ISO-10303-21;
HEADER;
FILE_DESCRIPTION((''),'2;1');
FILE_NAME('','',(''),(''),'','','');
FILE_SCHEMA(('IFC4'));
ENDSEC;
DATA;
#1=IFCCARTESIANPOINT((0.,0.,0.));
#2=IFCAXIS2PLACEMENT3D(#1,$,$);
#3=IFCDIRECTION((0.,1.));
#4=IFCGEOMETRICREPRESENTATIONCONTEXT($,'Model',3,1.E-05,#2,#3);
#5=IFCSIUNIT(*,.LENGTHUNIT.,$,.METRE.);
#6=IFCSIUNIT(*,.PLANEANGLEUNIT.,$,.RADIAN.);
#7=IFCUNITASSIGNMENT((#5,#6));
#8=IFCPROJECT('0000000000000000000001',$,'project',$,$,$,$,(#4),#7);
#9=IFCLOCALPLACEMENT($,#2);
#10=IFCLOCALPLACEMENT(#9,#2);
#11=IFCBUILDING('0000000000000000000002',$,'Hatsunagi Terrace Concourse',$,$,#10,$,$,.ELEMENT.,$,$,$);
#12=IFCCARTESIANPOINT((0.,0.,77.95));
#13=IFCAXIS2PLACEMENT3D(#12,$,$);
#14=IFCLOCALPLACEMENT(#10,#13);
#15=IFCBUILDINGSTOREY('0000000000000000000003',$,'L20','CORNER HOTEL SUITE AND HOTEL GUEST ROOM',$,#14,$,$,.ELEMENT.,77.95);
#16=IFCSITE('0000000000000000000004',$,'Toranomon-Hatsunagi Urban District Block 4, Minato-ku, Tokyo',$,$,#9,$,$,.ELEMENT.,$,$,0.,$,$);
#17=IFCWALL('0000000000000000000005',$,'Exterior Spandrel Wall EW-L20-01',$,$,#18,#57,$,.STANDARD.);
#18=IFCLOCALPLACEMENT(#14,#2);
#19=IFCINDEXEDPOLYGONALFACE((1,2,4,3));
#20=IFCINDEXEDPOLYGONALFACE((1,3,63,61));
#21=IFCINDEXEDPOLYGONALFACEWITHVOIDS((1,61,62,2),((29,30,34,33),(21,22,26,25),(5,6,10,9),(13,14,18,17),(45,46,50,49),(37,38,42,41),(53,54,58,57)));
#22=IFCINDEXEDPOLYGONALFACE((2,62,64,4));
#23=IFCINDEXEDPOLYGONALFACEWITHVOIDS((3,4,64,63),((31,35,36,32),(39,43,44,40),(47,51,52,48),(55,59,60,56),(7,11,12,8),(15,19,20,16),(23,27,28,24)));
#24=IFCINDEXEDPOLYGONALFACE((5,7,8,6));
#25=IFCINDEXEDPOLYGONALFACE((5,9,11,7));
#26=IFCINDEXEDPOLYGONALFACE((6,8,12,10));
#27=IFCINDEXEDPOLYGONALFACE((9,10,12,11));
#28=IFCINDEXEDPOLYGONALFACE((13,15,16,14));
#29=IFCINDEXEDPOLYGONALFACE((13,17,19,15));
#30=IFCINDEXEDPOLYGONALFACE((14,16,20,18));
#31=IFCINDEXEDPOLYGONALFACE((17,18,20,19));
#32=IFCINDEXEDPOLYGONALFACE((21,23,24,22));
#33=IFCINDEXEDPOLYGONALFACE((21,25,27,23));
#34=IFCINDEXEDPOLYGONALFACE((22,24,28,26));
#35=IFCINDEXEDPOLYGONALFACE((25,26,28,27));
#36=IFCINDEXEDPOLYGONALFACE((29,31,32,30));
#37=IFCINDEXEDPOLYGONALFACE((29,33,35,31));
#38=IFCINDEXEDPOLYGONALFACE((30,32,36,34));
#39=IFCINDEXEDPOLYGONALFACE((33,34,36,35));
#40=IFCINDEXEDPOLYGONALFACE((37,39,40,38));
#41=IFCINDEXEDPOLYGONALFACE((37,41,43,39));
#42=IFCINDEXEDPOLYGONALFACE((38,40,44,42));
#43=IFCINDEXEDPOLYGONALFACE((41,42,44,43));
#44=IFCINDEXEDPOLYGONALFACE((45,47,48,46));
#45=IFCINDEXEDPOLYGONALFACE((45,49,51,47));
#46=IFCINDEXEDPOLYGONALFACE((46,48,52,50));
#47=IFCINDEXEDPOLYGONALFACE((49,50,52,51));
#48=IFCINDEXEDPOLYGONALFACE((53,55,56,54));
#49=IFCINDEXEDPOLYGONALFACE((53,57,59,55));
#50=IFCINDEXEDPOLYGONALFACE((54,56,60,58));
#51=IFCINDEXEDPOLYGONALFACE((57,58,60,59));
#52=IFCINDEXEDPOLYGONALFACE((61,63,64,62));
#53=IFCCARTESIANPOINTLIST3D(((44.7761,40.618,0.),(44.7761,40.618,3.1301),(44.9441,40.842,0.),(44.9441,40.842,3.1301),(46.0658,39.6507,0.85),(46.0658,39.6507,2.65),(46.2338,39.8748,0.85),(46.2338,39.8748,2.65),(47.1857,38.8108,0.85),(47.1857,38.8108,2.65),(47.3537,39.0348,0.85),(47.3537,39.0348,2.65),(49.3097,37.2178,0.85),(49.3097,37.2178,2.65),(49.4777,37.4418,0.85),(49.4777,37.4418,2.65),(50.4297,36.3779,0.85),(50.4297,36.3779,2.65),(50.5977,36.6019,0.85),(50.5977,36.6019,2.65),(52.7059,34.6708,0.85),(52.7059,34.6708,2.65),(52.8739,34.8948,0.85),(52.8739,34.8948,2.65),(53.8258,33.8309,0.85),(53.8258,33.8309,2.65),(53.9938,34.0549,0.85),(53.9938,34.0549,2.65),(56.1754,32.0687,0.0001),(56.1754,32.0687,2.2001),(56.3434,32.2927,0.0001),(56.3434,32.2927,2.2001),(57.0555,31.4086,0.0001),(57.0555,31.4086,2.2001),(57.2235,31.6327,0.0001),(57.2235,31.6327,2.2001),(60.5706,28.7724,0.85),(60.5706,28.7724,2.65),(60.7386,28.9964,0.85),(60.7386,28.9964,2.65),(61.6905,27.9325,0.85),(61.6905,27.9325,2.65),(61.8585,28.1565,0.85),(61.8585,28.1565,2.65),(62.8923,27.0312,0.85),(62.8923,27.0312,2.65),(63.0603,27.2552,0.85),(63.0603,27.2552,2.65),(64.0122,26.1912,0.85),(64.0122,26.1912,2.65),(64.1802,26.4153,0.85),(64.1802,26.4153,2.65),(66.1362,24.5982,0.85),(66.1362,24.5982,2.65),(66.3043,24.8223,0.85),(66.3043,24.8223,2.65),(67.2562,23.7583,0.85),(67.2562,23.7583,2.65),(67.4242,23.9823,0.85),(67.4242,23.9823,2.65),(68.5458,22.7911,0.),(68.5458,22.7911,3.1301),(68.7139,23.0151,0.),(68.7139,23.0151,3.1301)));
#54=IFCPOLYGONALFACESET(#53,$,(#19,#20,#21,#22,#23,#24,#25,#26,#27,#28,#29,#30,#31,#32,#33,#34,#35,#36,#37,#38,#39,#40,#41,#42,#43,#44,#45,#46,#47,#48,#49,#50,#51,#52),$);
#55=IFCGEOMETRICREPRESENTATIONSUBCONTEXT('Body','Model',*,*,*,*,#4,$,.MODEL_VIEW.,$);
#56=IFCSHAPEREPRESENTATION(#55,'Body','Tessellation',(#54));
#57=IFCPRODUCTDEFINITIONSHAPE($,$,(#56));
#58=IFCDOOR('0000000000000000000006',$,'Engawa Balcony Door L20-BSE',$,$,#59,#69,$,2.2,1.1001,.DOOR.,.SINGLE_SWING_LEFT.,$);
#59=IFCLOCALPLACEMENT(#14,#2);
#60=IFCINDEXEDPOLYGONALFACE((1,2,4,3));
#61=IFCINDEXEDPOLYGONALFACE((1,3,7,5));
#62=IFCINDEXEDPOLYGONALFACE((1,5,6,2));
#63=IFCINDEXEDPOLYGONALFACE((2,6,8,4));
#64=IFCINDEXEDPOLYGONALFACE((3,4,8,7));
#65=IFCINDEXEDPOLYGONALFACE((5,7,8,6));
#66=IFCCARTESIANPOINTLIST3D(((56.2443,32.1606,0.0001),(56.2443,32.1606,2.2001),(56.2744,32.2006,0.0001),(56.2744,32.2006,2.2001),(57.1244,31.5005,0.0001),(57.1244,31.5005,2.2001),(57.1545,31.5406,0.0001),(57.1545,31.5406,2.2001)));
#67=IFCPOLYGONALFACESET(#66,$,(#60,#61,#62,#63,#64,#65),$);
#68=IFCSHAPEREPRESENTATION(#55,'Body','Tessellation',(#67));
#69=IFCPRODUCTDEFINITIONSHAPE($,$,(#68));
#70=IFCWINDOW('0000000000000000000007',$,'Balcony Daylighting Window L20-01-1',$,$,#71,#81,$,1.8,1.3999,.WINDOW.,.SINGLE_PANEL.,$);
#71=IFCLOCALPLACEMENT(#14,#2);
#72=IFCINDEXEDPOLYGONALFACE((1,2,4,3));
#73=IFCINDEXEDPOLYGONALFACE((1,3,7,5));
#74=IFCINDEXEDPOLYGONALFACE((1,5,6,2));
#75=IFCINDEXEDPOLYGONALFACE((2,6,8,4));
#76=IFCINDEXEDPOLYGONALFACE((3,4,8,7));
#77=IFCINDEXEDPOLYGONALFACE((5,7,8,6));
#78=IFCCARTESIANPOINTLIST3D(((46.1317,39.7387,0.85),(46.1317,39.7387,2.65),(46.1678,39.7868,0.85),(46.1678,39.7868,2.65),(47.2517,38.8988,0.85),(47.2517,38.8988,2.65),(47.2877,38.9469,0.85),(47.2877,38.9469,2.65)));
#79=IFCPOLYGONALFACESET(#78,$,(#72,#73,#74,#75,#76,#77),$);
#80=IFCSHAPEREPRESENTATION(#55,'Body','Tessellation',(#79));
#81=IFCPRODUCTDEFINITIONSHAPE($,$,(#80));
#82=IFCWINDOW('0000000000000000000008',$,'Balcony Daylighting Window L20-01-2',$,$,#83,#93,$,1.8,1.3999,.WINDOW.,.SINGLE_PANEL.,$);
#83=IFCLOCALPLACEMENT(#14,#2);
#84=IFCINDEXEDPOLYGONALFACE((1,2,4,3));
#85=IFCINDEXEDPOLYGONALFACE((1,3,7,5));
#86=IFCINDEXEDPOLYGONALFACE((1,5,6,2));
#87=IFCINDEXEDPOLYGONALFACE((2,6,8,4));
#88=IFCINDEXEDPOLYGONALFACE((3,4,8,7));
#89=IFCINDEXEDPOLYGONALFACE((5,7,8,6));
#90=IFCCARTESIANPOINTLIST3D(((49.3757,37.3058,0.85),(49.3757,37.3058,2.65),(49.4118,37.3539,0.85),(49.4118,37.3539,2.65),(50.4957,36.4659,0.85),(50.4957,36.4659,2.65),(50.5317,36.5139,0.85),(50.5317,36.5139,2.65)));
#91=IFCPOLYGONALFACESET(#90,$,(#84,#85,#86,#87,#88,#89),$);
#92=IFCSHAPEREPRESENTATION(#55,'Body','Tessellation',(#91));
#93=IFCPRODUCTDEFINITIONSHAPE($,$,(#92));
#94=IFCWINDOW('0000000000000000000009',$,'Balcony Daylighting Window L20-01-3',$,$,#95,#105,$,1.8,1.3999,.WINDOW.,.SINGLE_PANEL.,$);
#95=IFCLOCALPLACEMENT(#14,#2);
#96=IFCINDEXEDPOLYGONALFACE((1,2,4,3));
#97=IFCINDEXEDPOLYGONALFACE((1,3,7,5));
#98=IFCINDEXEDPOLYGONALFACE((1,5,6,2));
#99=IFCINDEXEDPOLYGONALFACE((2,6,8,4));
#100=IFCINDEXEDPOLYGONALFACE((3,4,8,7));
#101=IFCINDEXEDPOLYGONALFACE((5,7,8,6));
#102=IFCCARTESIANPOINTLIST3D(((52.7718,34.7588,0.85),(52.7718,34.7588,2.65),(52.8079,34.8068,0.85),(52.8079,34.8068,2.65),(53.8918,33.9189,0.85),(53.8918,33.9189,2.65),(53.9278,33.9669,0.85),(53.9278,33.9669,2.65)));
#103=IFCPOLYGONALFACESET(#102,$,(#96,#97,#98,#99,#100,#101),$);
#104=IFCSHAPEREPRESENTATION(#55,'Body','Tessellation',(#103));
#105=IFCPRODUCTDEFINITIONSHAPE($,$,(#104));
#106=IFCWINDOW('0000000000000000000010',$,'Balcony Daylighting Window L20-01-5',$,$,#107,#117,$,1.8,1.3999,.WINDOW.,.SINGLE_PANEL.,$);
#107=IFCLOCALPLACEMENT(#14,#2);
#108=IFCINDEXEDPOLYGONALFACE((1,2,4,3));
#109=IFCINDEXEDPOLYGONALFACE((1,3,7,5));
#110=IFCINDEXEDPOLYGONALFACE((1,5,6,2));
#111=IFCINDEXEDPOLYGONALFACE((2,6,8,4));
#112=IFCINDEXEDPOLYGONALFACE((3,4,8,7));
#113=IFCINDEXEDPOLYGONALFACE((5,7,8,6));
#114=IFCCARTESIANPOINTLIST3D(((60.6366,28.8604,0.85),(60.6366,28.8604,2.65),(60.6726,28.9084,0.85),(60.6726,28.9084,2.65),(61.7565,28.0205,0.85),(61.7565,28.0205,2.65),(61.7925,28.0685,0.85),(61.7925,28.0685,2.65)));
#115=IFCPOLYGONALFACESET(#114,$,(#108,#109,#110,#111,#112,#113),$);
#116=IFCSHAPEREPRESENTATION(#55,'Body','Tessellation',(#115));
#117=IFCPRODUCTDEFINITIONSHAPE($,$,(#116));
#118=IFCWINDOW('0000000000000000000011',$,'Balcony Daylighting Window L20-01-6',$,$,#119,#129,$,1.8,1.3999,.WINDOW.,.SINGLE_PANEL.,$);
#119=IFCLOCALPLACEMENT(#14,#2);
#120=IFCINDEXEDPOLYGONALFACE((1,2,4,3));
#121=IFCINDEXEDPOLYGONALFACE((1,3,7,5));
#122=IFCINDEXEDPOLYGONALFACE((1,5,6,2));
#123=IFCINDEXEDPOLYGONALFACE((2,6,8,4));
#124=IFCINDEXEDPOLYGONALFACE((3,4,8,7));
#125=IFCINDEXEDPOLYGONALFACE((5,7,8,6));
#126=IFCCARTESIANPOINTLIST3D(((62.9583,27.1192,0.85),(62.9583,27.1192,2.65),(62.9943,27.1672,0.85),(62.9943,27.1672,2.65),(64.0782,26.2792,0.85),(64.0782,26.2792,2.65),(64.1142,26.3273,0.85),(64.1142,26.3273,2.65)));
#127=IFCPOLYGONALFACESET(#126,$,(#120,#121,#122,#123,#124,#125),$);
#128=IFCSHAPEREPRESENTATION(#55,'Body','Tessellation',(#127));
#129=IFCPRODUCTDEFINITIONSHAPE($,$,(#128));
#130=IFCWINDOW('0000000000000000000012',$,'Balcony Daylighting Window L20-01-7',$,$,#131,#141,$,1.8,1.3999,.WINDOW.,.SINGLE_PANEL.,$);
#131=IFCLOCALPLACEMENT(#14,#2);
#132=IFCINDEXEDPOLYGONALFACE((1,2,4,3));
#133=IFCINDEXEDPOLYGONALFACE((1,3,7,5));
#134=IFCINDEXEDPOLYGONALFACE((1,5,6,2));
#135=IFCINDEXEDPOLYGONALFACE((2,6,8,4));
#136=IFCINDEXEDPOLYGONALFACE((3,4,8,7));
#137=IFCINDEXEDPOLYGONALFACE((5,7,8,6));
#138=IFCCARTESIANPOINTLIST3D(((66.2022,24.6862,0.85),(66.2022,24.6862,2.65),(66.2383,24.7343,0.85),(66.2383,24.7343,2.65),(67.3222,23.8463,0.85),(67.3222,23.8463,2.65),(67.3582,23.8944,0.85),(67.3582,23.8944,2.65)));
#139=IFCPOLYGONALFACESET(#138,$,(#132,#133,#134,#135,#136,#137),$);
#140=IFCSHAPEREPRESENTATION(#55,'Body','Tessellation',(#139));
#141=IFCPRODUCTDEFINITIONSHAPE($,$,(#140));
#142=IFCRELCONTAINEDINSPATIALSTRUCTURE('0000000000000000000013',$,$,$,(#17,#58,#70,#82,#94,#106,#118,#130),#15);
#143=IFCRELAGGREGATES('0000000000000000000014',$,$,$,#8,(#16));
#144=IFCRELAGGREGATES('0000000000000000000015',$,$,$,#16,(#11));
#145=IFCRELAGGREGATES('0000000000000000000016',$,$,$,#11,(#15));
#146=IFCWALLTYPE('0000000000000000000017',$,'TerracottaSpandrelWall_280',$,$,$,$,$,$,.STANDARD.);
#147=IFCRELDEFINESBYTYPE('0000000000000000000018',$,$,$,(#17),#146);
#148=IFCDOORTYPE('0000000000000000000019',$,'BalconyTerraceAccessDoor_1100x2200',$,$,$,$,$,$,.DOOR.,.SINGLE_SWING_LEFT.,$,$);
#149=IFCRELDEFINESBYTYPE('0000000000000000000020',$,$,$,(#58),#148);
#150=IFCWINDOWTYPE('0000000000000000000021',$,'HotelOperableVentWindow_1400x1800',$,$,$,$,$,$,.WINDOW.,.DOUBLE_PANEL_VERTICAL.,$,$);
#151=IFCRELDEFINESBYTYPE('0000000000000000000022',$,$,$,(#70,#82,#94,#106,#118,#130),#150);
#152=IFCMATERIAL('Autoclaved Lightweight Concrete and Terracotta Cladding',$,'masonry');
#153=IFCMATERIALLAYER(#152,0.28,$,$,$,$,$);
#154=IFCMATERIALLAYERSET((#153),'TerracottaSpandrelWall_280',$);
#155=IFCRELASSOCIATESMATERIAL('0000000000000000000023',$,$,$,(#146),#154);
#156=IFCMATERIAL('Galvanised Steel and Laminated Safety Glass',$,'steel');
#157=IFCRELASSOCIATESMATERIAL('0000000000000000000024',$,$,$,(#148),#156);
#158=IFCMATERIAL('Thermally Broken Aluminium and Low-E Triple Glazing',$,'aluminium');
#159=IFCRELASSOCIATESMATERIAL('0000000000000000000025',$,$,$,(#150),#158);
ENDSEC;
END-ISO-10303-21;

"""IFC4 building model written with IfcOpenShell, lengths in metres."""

from ifc_helpers import new_model, si_unit, direction, frame, frame_2d, origin, place, context, subcontext, project, spatial, rectangle, extrude, material, layer, layer_set, type_object, element, fill, save


model = new_model("IFC4")

# Units and contexts
model_context = context("Model", 3, precision=1e-05, world=origin(), true_north=direction((0.0, 1.0)))
body_context = subcontext(model_context, "Body", "Model", "MODEL_VIEW")
ifc_project = project(units=[si_unit("LENGTHUNIT", "METRE"), si_unit("PLANEANGLEUNIT", "RADIAN")], contexts=[model_context])

# Site, building, storey
site_placement = place(None, origin())
site = spatial("IfcSite", under=ifc_project, at=site_placement, Name="Toranomon-Hatsunagi Urban District Block 4, Minato-ku, Tokyo", CompositionType="ELEMENT", RefElevation=0.0)
building_placement = place(site_placement, origin())
building = spatial("IfcBuilding", under=site, at=building_placement, Name="Hatsunagi Terrace Concourse", CompositionType="ELEMENT")
storey_placement = place(building_placement, frame((0.0, 0.0, 77.95)))
storey = spatial("IfcBuildingStorey", under=building, at=storey_placement, Name="L20", Description="CORNER HOTEL SUITE AND HOTEL GUEST ROOM", CompositionType="ELEMENT", Elevation=77.95)

# Wall, openings, door, windows
ifc_material_1 = material(Name="Autoclaved Lightweight Concrete and Terracotta Cladding", Category="masonry")
ifc_layer_1 = layer(ifc_material_1, 0.28)
ifc_layer_set_1 = layer_set([ifc_layer_1], Name="TerracottaSpandrelWall_280")
wall_type_1 = type_object("IfcWallType", Name="TerracottaSpandrelWall_280", PredefinedType="STANDARD", material=ifc_layer_set_1)
wall_1_placement = place(storey_placement, frame((44.8601, 40.73, 0.0), z_axis=(0.0, 0.0, 1.0), x_axis=(0.800007, -0.599991, 0.0)))
wall_1 = element("IfcWall", 1, at=wall_1_placement, inside=storey, type_object=wall_type_1, Name="Exterior Spandrel Wall EW-L20-01", PredefinedType="STANDARD", context=body_context, shape_type="SweptSolid", body=[
    extrude(rectangle(XDim=29.7119, YDim=0.28, at=frame_2d((14.856, 0.0))), origin(), (0.0, 0.0, 1.0), 3.1301),
])
opening_1_placement = place(wall_1_placement, frame((14.249, 0.0, 0.0)))
opening_1 = element("IfcOpeningElement", 2, at=opening_1_placement, cuts=wall_1, PredefinedType="OPENING", context=body_context, shape_type="SweptSolid", body=[
    extrude(rectangle(XDim=1.1001, YDim=2.2, at=frame_2d((0.55, 1.1001))), frame((0.0, 0.1499, 0.0), z_axis=(0.0, -1.0, 0.0), x_axis=(1.0, 0.0, 0.0)), (0.0, 0.0, 1.0), 0.3),
])
opening_2_placement = place(wall_1_placement, frame((1.6121, 0.0, 0.8501)))
opening_2 = element("IfcOpeningElement", 3, at=opening_2_placement, cuts=wall_1, PredefinedType="OPENING", context=body_context, shape_type="SweptSolid", body=[
    extrude(rectangle(XDim=1.3999, YDim=1.8, at=frame_2d((0.7, 0.8999))), frame((0.0, 0.1499, 0.0), z_axis=(0.0, -1.0, 0.0), x_axis=(1.0, 0.0, 0.0)), (0.0, 0.0, 1.0), 0.3),
])
opening_3_placement = place(wall_1_placement, frame((5.667, 0.0, 0.8501)))
opening_3 = element("IfcOpeningElement", 4, at=opening_3_placement, cuts=wall_1, PredefinedType="OPENING", context=body_context, shape_type="SweptSolid", body=[
    extrude(rectangle(XDim=1.3999, YDim=1.8, at=frame_2d((0.7, 0.8999))), frame((0.0, 0.1499, 0.0), z_axis=(0.0, -1.0, 0.0), x_axis=(1.0, 0.0, 0.0)), (0.0, 0.0, 1.0), 0.3),
])
opening_4_placement = place(wall_1_placement, frame((9.9121, 0.0, 0.8501)))
opening_4 = element("IfcOpeningElement", 5, at=opening_4_placement, cuts=wall_1, PredefinedType="OPENING", context=body_context, shape_type="SweptSolid", body=[
    extrude(rectangle(XDim=1.3999, YDim=1.8, at=frame_2d((0.7, 0.8999))), frame((0.0, 0.1499, 0.0), z_axis=(0.0, -1.0, 0.0), x_axis=(1.0, 0.0, 0.0)), (0.0, 0.0, 1.0), 0.3),
])
opening_5_placement = place(wall_1_placement, frame((19.7429, 0.0, 0.8501)))
opening_5 = element("IfcOpeningElement", 6, at=opening_5_placement, cuts=wall_1, PredefinedType="OPENING", context=body_context, shape_type="SweptSolid", body=[
    extrude(rectangle(XDim=1.3999, YDim=1.8, at=frame_2d((0.7, 0.8999))), frame((0.0, 0.1499, 0.0), z_axis=(0.0, -1.0, 0.0), x_axis=(1.0, 0.0, 0.0)), (0.0, 0.0, 1.0), 0.3),
])
opening_6_placement = place(wall_1_placement, frame((22.645, 0.0, 0.8501)))
opening_6 = element("IfcOpeningElement", 7, at=opening_6_placement, cuts=wall_1, PredefinedType="OPENING", context=body_context, shape_type="SweptSolid", body=[
    extrude(rectangle(XDim=1.3999, YDim=1.8, at=frame_2d((0.7, 0.8999))), frame((0.0, 0.1499, 0.0), z_axis=(0.0, -1.0, 0.0), x_axis=(1.0, 0.0, 0.0)), (0.0, 0.0, 1.0), 0.3),
])
opening_7_placement = place(wall_1_placement, frame((26.7, 0.0, 0.8501)))
opening_7 = element("IfcOpeningElement", 8, at=opening_7_placement, cuts=wall_1, PredefinedType="OPENING", context=body_context, shape_type="SweptSolid", body=[
    extrude(rectangle(XDim=1.3999, YDim=1.8, at=frame_2d((0.7, 0.8999))), frame((0.0, 0.1499, 0.0), z_axis=(0.0, -1.0, 0.0), x_axis=(1.0, 0.0, 0.0)), (0.0, 0.0, 1.0), 0.3),
])
ifc_material_2 = material(Name="Galvanised Steel and Laminated Safety Glass", Category="steel")
door_type = type_object("IfcDoorType", Name="BalconyTerraceAccessDoor_1100x2200", OperationType="SINGLE_SWING_LEFT", PredefinedType="DOOR", material=ifc_material_2)
door_placement = place(opening_1_placement, origin())
door = element("IfcDoor", 9, at=door_placement, inside=storey, type_object=door_type, Name="Engawa Balcony Door L20-BSE", OperationType="SINGLE_SWING_LEFT", OverallHeight=2.2, OverallWidth=1.1001, PredefinedType="DOOR", context=body_context, shape_type="SweptSolid", body=[
    extrude(rectangle(XDim=1.1001, YDim=2.2, at=frame_2d((0.55, 1.1001))), frame((0.0, 0.0249, 0.0), z_axis=(0.0, -1.0, 0.0), x_axis=(1.0, 0.0, 0.0)), (0.0, 0.0, 1.0), 0.05),
])
fill(opening_1, door)
ifc_material_3 = material(Name="Thermally Broken Aluminium and Low-E Triple Glazing", Category="aluminium")
window_type = type_object("IfcWindowType", Name="HotelOperableVentWindow_1400x1800", PartitioningType="DOUBLE_PANEL_VERTICAL", PredefinedType="WINDOW", material=ifc_material_3)
window_1_placement = place(opening_2_placement, origin())
window_1 = element("IfcWindow", 10, at=window_1_placement, inside=storey, type_object=window_type, Name="Balcony Daylighting Window L20-01-1", OverallHeight=1.8, OverallWidth=1.3999, PartitioningType="SINGLE_PANEL", PredefinedType="WINDOW", context=body_context, shape_type="SweptSolid", body=[
    extrude(rectangle(XDim=1.3999, YDim=1.8, at=frame_2d((0.7, 0.8999))), frame((0.0, 0.03, 0.0), z_axis=(0.0, -1.0, 0.0), x_axis=(1.0, 0.0, 0.0)), (0.0, 0.0, 1.0), 0.0601),
])
fill(opening_2, window_1)
window_2_placement = place(opening_3_placement, origin())
window_2 = element("IfcWindow", 11, at=window_2_placement, inside=storey, type_object=window_type, Name="Balcony Daylighting Window L20-01-2", OverallHeight=1.8, OverallWidth=1.3999, PartitioningType="SINGLE_PANEL", PredefinedType="WINDOW", context=body_context, shape_type="SweptSolid", body=[
    extrude(rectangle(XDim=1.3999, YDim=1.8, at=frame_2d((0.7, 0.8999))), frame((0.0, 0.03, 0.0), z_axis=(0.0, -1.0, 0.0), x_axis=(1.0, 0.0, 0.0)), (0.0, 0.0, 1.0), 0.0601),
])
fill(opening_3, window_2)
window_3_placement = place(opening_4_placement, origin())
window_3 = element("IfcWindow", 12, at=window_3_placement, inside=storey, type_object=window_type, Name="Balcony Daylighting Window L20-01-3", OverallHeight=1.8, OverallWidth=1.3999, PartitioningType="SINGLE_PANEL", PredefinedType="WINDOW", context=body_context, shape_type="SweptSolid", body=[
    extrude(rectangle(XDim=1.3999, YDim=1.8, at=frame_2d((0.7, 0.8999))), frame((0.0, 0.03, 0.0), z_axis=(0.0, -1.0, 0.0), x_axis=(1.0, 0.0, 0.0)), (0.0, 0.0, 1.0), 0.0601),
])
fill(opening_4, window_3)
window_4_placement = place(opening_5_placement, origin())
window_4 = element("IfcWindow", 13, at=window_4_placement, inside=storey, type_object=window_type, Name="Balcony Daylighting Window L20-01-5", OverallHeight=1.8, OverallWidth=1.3999, PartitioningType="SINGLE_PANEL", PredefinedType="WINDOW", context=body_context, shape_type="SweptSolid", body=[
    extrude(rectangle(XDim=1.3999, YDim=1.8, at=frame_2d((0.7, 0.8999))), frame((0.0, 0.03, 0.0), z_axis=(0.0, -1.0, 0.0), x_axis=(1.0, 0.0, 0.0)), (0.0, 0.0, 1.0), 0.0601),
])
fill(opening_5, window_4)
window_5_placement = place(opening_6_placement, origin())
window_5 = element("IfcWindow", 14, at=window_5_placement, inside=storey, type_object=window_type, Name="Balcony Daylighting Window L20-01-6", OverallHeight=1.8, OverallWidth=1.3999, PartitioningType="SINGLE_PANEL", PredefinedType="WINDOW", context=body_context, shape_type="SweptSolid", body=[
    extrude(rectangle(XDim=1.3999, YDim=1.8, at=frame_2d((0.7, 0.8999))), frame((0.0, 0.03, 0.0), z_axis=(0.0, -1.0, 0.0), x_axis=(1.0, 0.0, 0.0)), (0.0, 0.0, 1.0), 0.0601),
])
fill(opening_6, window_5)
window_6_placement = place(opening_7_placement, origin())
window_6 = element("IfcWindow", 15, at=window_6_placement, inside=storey, type_object=window_type, Name="Balcony Daylighting Window L20-01-7", OverallHeight=1.8, OverallWidth=1.3999, PartitioningType="SINGLE_PANEL", PredefinedType="WINDOW", context=body_context, shape_type="SweptSolid", body=[
    extrude(rectangle(XDim=1.3999, YDim=1.8, at=frame_2d((0.7, 0.8999))), frame((0.0, 0.03, 0.0), z_axis=(0.0, -1.0, 0.0), x_axis=(1.0, 0.0, 0.0)), (0.0, 0.0, 1.0), 0.0601),
])
fill(opening_7, window_6)

save(model, "model.ifc")
